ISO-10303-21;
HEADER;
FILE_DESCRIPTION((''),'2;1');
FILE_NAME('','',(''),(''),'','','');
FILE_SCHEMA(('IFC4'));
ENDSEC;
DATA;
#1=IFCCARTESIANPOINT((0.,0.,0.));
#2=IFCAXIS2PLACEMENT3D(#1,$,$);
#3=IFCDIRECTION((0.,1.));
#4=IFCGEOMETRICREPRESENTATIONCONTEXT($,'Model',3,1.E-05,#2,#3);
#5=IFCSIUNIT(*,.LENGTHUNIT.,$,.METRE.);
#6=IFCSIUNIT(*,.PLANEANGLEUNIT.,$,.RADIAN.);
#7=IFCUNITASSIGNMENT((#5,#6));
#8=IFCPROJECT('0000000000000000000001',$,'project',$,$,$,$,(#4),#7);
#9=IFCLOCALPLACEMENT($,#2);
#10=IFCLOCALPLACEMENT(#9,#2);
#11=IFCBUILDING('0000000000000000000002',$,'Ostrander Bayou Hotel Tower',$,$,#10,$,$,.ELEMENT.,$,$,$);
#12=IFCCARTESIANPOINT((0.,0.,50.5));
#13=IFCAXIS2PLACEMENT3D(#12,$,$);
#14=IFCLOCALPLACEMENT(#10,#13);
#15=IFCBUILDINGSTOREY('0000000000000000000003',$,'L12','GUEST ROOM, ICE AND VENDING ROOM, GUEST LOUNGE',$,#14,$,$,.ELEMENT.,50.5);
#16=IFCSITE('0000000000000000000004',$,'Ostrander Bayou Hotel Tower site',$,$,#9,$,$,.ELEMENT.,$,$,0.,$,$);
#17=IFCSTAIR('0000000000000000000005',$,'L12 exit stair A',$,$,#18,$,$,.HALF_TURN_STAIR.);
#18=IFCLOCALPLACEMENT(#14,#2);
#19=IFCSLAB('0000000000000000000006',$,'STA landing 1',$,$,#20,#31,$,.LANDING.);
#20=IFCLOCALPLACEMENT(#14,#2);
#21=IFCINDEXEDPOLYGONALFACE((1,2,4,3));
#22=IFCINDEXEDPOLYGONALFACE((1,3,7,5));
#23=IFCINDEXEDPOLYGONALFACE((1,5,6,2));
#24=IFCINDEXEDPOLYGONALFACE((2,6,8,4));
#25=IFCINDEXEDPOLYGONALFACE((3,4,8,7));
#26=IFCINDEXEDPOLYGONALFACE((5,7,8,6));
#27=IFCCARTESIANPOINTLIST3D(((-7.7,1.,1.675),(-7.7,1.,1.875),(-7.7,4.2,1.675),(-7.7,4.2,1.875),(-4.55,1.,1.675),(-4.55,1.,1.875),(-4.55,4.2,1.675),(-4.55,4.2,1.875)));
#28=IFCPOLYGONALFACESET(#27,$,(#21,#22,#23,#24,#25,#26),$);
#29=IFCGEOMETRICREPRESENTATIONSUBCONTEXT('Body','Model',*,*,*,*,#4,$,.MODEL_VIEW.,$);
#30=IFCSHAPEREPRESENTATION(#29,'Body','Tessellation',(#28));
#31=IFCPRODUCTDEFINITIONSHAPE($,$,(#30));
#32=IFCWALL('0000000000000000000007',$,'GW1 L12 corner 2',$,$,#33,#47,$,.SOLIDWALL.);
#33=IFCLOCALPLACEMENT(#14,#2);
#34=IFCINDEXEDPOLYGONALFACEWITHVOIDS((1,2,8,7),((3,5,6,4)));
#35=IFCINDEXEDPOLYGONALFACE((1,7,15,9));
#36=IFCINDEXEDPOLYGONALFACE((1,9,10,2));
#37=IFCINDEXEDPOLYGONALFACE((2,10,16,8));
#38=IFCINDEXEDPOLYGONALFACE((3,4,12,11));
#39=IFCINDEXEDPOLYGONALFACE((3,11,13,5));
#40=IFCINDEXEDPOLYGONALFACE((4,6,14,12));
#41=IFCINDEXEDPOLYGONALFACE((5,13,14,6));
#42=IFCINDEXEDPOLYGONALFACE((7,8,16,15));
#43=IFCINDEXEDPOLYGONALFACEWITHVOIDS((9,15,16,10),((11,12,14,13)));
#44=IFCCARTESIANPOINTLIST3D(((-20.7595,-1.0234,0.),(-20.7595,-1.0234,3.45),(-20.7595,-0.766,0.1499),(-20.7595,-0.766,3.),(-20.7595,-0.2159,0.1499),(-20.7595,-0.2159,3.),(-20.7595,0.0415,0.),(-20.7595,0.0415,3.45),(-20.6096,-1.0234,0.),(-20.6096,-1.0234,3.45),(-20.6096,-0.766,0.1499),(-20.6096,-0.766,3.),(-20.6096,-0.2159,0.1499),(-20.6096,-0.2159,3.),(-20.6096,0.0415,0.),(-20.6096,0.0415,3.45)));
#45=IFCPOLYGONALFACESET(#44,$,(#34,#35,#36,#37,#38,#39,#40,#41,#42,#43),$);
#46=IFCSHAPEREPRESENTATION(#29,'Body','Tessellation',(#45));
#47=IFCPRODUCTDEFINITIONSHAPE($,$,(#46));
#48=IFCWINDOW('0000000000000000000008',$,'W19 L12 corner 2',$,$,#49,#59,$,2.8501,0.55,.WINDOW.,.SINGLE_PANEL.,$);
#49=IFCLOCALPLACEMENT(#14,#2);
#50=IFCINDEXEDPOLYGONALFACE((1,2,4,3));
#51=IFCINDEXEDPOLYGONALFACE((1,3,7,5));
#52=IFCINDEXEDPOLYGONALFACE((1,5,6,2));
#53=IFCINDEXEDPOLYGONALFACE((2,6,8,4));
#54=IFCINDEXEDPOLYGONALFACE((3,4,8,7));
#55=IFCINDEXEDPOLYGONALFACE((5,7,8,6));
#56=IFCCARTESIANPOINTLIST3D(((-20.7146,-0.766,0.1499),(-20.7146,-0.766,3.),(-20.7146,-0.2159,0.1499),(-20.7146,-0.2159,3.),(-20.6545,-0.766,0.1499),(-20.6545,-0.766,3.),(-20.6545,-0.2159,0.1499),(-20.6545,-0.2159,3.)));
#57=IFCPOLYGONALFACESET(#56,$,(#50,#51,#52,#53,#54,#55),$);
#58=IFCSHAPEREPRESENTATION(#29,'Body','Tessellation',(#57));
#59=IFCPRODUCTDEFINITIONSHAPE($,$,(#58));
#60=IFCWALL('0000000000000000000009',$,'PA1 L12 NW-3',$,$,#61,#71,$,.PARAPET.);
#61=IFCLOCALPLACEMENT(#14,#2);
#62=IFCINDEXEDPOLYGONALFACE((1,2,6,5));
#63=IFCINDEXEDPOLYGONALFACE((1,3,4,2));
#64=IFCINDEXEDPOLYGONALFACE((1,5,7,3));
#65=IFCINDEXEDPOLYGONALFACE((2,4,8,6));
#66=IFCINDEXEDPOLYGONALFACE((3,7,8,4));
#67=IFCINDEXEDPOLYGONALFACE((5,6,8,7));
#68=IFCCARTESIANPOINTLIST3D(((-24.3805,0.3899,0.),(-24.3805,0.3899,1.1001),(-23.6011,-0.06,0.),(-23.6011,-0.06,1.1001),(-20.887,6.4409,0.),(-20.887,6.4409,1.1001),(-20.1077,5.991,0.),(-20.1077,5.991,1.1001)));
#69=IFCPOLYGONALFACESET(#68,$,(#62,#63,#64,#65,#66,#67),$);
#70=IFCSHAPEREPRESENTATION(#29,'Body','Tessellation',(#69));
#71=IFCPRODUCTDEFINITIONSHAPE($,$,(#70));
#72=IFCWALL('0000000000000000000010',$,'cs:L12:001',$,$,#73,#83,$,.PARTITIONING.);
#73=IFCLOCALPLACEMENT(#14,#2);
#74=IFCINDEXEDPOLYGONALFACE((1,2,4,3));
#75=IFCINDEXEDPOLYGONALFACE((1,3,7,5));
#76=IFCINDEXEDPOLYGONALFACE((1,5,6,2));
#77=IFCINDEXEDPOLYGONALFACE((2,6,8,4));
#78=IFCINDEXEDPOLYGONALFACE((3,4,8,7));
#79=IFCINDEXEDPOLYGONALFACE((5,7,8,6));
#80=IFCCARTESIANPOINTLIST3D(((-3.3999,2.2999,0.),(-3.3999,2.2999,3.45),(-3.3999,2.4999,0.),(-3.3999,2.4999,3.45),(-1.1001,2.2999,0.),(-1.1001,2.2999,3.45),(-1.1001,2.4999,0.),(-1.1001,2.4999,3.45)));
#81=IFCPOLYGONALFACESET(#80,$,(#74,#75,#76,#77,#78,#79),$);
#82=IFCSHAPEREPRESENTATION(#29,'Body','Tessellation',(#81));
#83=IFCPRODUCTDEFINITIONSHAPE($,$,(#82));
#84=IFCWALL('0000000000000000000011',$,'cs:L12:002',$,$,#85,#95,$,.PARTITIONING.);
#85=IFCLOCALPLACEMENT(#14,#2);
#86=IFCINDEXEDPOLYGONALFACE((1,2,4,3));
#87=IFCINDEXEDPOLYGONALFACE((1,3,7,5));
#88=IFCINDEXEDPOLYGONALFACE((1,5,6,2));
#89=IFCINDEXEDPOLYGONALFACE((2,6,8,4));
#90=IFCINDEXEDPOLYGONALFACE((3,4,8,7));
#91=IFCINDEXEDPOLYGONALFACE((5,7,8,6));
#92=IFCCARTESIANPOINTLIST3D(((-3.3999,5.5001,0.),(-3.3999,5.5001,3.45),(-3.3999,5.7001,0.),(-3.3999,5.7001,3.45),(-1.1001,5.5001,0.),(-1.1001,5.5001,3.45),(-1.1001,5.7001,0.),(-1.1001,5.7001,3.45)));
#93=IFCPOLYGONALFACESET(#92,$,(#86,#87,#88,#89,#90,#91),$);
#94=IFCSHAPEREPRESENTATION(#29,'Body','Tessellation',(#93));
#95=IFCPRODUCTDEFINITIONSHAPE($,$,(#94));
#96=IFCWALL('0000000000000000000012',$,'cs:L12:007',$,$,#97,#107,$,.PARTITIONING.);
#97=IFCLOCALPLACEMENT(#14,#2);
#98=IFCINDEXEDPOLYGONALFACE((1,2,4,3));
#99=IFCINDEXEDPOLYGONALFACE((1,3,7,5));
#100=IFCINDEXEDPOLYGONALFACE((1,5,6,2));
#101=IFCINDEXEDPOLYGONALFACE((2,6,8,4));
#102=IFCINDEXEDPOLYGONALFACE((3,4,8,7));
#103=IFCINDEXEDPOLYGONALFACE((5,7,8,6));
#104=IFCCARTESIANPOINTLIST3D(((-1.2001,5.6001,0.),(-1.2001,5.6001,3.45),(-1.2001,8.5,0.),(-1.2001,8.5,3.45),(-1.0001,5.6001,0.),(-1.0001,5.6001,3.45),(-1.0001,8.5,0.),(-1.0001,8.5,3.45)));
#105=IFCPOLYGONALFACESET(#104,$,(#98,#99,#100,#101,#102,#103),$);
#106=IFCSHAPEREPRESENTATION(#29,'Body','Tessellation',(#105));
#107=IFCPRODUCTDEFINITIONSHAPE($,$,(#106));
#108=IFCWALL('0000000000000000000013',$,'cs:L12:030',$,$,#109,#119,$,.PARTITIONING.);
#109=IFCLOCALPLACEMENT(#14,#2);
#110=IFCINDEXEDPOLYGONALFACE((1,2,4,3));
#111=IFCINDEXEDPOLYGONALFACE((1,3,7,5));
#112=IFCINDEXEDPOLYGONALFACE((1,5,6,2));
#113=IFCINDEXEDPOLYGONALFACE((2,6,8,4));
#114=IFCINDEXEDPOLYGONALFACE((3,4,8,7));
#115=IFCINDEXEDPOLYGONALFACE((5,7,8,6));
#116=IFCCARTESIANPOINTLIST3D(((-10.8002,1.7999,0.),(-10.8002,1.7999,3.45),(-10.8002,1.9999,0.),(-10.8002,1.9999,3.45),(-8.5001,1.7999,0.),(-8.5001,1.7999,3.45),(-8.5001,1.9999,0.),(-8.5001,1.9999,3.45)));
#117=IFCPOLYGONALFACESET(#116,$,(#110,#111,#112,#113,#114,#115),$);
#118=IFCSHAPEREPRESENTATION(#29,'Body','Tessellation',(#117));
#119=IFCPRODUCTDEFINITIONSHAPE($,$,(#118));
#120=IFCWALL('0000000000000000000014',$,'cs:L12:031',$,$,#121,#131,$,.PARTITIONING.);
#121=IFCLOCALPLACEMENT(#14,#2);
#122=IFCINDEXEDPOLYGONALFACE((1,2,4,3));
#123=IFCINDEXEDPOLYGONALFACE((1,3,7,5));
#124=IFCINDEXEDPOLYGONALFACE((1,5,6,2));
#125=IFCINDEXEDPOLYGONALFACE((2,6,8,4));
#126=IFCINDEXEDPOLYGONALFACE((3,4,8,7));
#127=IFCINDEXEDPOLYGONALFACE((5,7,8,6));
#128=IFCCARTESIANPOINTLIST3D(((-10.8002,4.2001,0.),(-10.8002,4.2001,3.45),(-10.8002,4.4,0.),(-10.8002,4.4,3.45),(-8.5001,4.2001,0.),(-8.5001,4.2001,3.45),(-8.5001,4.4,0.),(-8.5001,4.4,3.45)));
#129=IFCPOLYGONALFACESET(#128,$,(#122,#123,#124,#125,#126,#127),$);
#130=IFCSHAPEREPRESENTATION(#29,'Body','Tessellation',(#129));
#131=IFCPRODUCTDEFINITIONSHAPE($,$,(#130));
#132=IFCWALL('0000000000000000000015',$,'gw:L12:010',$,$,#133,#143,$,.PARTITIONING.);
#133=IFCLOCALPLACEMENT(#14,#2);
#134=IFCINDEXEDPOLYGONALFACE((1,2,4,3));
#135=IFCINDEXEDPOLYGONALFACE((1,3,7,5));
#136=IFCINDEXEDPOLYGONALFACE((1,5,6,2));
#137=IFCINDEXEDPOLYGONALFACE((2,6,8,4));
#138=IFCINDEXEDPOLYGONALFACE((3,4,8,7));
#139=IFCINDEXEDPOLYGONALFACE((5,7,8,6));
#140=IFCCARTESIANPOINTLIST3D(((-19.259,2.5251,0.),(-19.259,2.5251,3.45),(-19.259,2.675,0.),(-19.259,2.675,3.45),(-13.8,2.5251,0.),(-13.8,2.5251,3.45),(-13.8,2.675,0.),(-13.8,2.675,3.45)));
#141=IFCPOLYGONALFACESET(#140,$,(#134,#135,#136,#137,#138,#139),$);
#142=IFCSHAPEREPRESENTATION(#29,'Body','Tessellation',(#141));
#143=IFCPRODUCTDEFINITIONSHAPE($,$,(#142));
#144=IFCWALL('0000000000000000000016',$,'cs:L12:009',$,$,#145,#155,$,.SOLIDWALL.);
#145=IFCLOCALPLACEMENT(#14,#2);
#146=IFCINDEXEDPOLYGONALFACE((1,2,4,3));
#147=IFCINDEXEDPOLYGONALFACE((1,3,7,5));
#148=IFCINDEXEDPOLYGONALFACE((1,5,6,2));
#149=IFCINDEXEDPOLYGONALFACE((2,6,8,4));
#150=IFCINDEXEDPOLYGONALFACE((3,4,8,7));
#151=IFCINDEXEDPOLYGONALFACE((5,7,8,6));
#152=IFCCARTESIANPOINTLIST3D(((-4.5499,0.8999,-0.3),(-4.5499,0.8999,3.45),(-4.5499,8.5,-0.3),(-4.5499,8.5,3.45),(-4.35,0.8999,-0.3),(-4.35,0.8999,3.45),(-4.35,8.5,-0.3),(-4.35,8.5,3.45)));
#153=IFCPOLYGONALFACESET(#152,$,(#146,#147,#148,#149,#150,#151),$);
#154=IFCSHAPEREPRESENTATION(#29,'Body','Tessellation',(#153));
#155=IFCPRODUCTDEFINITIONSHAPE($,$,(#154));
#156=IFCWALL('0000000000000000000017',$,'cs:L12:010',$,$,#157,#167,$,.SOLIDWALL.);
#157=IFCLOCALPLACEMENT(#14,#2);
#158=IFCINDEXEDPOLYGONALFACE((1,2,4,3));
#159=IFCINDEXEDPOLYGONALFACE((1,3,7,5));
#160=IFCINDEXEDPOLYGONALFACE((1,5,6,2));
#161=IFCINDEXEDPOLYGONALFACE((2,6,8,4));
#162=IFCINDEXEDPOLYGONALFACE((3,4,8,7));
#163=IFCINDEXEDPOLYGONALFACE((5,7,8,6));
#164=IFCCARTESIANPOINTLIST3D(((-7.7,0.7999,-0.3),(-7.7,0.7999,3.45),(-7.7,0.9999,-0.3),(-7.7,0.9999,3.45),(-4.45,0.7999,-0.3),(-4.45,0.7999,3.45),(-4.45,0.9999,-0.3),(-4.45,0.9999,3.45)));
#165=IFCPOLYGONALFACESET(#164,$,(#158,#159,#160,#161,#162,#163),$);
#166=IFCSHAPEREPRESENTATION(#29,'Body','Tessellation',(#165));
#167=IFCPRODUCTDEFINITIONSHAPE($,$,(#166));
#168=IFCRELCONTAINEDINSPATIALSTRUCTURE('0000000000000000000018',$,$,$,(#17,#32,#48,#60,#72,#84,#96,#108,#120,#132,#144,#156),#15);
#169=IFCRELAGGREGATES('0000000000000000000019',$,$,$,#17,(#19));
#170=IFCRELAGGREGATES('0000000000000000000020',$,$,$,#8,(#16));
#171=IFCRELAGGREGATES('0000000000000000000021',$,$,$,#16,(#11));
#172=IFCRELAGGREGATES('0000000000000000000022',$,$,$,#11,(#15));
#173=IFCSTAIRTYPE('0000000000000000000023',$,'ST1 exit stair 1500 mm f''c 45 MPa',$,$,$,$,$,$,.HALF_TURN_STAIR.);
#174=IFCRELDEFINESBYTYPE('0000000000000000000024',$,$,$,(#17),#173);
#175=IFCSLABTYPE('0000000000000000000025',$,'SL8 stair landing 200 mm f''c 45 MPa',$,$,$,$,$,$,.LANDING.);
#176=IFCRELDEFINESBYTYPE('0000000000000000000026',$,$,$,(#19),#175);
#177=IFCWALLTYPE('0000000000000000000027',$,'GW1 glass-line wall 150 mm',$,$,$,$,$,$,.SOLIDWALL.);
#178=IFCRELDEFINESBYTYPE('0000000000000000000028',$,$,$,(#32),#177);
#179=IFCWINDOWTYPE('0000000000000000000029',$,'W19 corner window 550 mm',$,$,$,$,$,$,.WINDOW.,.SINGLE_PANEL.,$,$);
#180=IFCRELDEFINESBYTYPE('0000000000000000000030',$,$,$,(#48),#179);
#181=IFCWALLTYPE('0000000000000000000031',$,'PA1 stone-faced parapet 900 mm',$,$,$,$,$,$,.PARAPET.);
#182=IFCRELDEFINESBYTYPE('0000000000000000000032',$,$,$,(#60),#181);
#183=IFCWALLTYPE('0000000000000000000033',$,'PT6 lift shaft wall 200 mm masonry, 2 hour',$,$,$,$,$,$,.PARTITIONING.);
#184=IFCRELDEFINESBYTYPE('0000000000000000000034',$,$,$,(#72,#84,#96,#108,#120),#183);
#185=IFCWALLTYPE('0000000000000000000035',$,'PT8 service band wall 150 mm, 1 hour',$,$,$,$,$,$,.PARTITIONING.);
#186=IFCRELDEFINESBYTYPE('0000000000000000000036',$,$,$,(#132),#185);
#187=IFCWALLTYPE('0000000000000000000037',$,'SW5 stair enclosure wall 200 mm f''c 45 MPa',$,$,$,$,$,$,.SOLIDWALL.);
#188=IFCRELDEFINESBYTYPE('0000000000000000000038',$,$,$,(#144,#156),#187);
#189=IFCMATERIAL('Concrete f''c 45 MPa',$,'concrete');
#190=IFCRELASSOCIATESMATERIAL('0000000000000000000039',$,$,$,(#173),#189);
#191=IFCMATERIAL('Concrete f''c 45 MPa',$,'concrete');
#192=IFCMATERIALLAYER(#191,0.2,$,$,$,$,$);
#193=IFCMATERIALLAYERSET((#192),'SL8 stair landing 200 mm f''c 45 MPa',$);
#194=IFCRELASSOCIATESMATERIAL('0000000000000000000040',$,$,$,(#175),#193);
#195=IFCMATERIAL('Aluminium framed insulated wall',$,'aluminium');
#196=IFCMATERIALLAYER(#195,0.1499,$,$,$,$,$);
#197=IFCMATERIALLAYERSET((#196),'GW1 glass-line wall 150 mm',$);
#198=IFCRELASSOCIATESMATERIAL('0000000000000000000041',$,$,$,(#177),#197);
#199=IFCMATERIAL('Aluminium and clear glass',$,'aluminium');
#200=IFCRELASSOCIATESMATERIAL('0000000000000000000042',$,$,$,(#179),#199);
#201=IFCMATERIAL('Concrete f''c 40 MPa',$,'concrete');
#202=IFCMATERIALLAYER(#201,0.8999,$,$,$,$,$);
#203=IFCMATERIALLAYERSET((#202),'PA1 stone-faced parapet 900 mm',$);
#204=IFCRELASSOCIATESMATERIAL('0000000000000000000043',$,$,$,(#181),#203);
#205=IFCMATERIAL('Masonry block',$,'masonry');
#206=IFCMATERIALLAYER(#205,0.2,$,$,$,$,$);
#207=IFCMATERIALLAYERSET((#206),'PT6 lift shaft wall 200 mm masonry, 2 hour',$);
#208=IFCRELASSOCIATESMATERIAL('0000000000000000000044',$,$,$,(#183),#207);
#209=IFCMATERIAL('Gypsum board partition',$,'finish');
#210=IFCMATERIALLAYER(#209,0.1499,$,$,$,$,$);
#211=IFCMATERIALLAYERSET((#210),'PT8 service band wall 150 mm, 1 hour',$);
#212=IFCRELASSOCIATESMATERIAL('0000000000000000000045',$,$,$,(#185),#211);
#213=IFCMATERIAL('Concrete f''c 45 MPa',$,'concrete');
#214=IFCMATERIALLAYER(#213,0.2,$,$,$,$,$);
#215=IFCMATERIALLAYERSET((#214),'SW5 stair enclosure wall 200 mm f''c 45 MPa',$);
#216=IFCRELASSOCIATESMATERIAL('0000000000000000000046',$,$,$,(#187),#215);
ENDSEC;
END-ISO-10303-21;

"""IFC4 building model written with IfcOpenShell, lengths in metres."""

from ifc_helpers import new_model, si_unit, direction, frame, frame_2d, origin, place, context, subcontext, project, spatial, polyline, rectangle, outline, extrude, material, layer, layer_set, type_object, element, fill, aggregate, save


model = new_model("IFC4")

# Units and contexts
model_context = context("Model", 3, precision=1e-05, world=origin(), true_north=direction((0.0, 1.0)))
body_context = subcontext(model_context, "Body", "Model", "MODEL_VIEW")
ifc_project = project(units=[si_unit("LENGTHUNIT", "METRE"), si_unit("PLANEANGLEUNIT", "RADIAN")], contexts=[model_context])

# Site, building, storey
site_placement = place(None, origin())
site = spatial("IfcSite", under=ifc_project, at=site_placement, Name="Ostrander Bayou Hotel Tower site", CompositionType="ELEMENT", RefElevation=0.0)
building_placement = place(site_placement, origin())
building = spatial("IfcBuilding", under=site, at=building_placement, Name="Ostrander Bayou Hotel Tower", CompositionType="ELEMENT")
storey_placement = place(building_placement, frame((0.0, 0.0, 50.5)))
storey = spatial("IfcBuildingStorey", under=building, at=storey_placement, Name="L12", Description="GUEST ROOM, ICE AND VENDING ROOM, GUEST LOUNGE", CompositionType="ELEMENT", Elevation=50.5)

# Stair, slab
ifc_material_1 = material(Name="Concrete f'c 45 MPa", Category="concrete")
stair_type = type_object("IfcStairType", Name="ST1 exit stair 1500 mm f'c 45 MPa", PredefinedType="HALF_TURN_STAIR", material=ifc_material_1)
stair_placement = place(storey_placement, origin())
stair = element("IfcStair", 1, at=stair_placement, inside=storey, type_object=stair_type, Name="L12 exit stair A", PredefinedType="HALF_TURN_STAIR")
ifc_material_2 = material(Name="Concrete f'c 45 MPa", Category="concrete")
ifc_layer_1 = layer(ifc_material_2, 0.2)
ifc_layer_set_1 = layer_set([ifc_layer_1], Name="SL8 stair landing 200 mm f'c 45 MPa")
slab_type_1 = type_object("IfcSlabType", Name="SL8 stair landing 200 mm f'c 45 MPa", PredefinedType="LANDING", material=ifc_layer_set_1)
slab_1_placement = place(storey_placement, frame((0.0, 0.0, 1.675)))
slab_1 = element("IfcSlab", 2, at=slab_1_placement, type_object=slab_type_1, Name="STA landing 1", PredefinedType="LANDING", context=body_context, shape_type="SweptSolid", body=[
    extrude(outline(polyline([(-7.7, 4.2), (-7.7, 1.0), (-4.55, 1.0), (-4.55, 4.2), (-7.7, 4.2)])), origin(), (0.0, 0.0, 1.0), 0.2),
])

# Wall, opening, window
ifc_material_3 = material(Name="Aluminium framed insulated wall", Category="aluminium")
ifc_layer_2 = layer(ifc_material_3, 0.1499)
ifc_layer_set_2 = layer_set([ifc_layer_2], Name="GW1 glass-line wall 150 mm")
wall_type_1 = type_object("IfcWallType", Name="GW1 glass-line wall 150 mm", PredefinedType="SOLIDWALL", material=ifc_layer_set_2)
wall_1_placement = place(storey_placement, frame((-20.6846, 0.0415, 0.0), z_axis=(0.0, 0.0, 1.0), x_axis=(0.0, -1.0, 0.0)))
wall_1 = element("IfcWall", 3, at=wall_1_placement, inside=storey, type_object=wall_type_1, Name="GW1 L12 corner 2", PredefinedType="SOLIDWALL", context=body_context, shape_type="SweptSolid", body=[
    extrude(rectangle(XDim=1.0649, YDim=0.1499, at=frame_2d((0.5325, 0.0))), origin(), (0.0, 0.0, 1.0), 3.45),
])
opening_placement = place(wall_1_placement, frame((0.2576, 0.0, 0.1499)))
opening = element("IfcOpeningElement", 4, at=opening_placement, cuts=wall_1, PredefinedType="OPENING", context=body_context, shape_type="SweptSolid", body=[
    extrude(rectangle(XDim=0.55, YDim=2.8501, at=frame_2d((0.2749, 1.425))), frame((0.0, 0.075, 0.0), z_axis=(0.0, -1.0, 0.0), x_axis=(1.0, 0.0, 0.0)), (0.0, 0.0, 1.0), 0.1499),
])
ifc_material_4 = material(Name="Aluminium and clear glass", Category="aluminium")
window_type = type_object("IfcWindowType", Name="W19 corner window 550 mm", PartitioningType="SINGLE_PANEL", PredefinedType="WINDOW", material=ifc_material_4)
window_placement = place(opening_placement, origin())
window = element("IfcWindow", 5, at=window_placement, inside=storey, type_object=window_type, Name="W19 L12 corner 2", OverallHeight=2.8501, OverallWidth=0.55, PartitioningType="SINGLE_PANEL", PredefinedType="WINDOW", context=body_context, shape_type="SweptSolid", body=[
    extrude(rectangle(XDim=0.55, YDim=2.8501, at=frame_2d((0.2749, 1.425))), frame((0.0, 0.03, 0.0), z_axis=(0.0, -1.0, 0.0), x_axis=(1.0, 0.0, 0.0)), (0.0, 0.0, 1.0), 0.0601),
])
fill(opening, window)

# Walls
ifc_material_5 = material(Name="Concrete f'c 40 MPa", Category="concrete")
ifc_layer_3 = layer(ifc_material_5, 0.8999)
ifc_layer_set_3 = layer_set([ifc_layer_3], Name="PA1 stone-faced parapet 900 mm")
wall_type_2 = type_object("IfcWallType", Name="PA1 stone-faced parapet 900 mm", PredefinedType="PARAPET", material=ifc_layer_set_3)
wall_2_placement = place(storey_placement, frame((-20.4973, 6.2161, 0.0), z_axis=(0.0, 0.0, 1.0), x_axis=(-0.499984, -0.866035, 0.0)))
element("IfcWall", 6, at=wall_2_placement, inside=storey, type_object=wall_type_2, Name="PA1 L12 NW-3", PredefinedType="PARAPET", context=body_context, shape_type="SweptSolid", body=[
    extrude(rectangle(XDim=6.9871, YDim=0.8999, at=frame_2d((3.4937, 0.0))), origin(), (0.0, 0.0, 1.0), 1.1001),
])
ifc_material_6 = material(Name="Masonry block", Category="masonry")
ifc_layer_4 = layer(ifc_material_6, 0.2)
ifc_layer_set_4 = layer_set([ifc_layer_4], Name="PT6 lift shaft wall 200 mm masonry, 2 hour")
wall_type_3 = type_object("IfcWallType", Name="PT6 lift shaft wall 200 mm masonry, 2 hour", PredefinedType="PARTITIONING", material=ifc_layer_set_4)
for number, where, z_axis, x_axis, name in (
    (7, (-3.3999, 2.3999, 0.0), (0.0, 0.0, 1.0), (1.0, 0.0, 0.0), "cs:L12:001"),
    (8, (-3.3999, 5.6001, 0.0), (0.0, 0.0, 1.0), (1.0, 0.0, 0.0), "cs:L12:002"),
):
    element("IfcWall", number, at=place(storey_placement, frame(where, z_axis=z_axis, x_axis=x_axis)), inside=storey, type_object=wall_type_3, Name=name, PredefinedType="PARTITIONING", context=body_context, shape_type="SweptSolid", body=[
        extrude(rectangle(XDim=2.2998, YDim=0.2, at=frame_2d((1.1499, 0.0))), origin(), (0.0, 0.0, 1.0), 3.45),
    ])
wall_3_placement = place(storey_placement, frame((-1.1001, 5.6001, 0.0), z_axis=(0.0, 0.0, 1.0), x_axis=(0.0, 1.0, 0.0)))
element("IfcWall", 9, at=wall_3_placement, inside=storey, type_object=wall_type_3, Name="cs:L12:007", PredefinedType="PARTITIONING", context=body_context, shape_type="SweptSolid", body=[
    extrude(rectangle(XDim=2.8999, YDim=0.2, at=frame_2d((1.45, 0.0))), origin(), (0.0, 0.0, 1.0), 3.45),
])
for number, where, z_axis, x_axis, name in (
    (10, (-10.8, 1.8999, 0.0), (0.0, 0.0, 1.0), (1.0, 0.0, 0.0), "cs:L12:030"),
    (11, (-10.8, 4.3, 0.0), (0.0, 0.0, 1.0), (1.0, 0.0, 0.0), "cs:L12:031"),
):
    element("IfcWall", number, at=place(storey_placement, frame(where, z_axis=z_axis, x_axis=x_axis)), inside=storey, type_object=wall_type_3, Name=name, PredefinedType="PARTITIONING", context=body_context, shape_type="SweptSolid", body=[
        extrude(rectangle(XDim=2.3, YDim=0.2, at=frame_2d((1.1499, 0.0))), origin(), (0.0, 0.0, 1.0), 3.45),
    ])
ifc_material_7 = material(Name="Gypsum board partition", Category="finish")
ifc_layer_5 = layer(ifc_material_7, 0.1499)
ifc_layer_set_5 = layer_set([ifc_layer_5], Name="PT8 service band wall 150 mm, 1 hour")
wall_type_4 = type_object("IfcWallType", Name="PT8 service band wall 150 mm, 1 hour", PredefinedType="PARTITIONING", material=ifc_layer_set_5)
wall_4_placement = place(storey_placement, frame((-19.259, 2.6001, 0.0), z_axis=(0.0, 0.0, 1.0), x_axis=(1.0, 0.0, 0.0)))
element("IfcWall", 12, at=wall_4_placement, inside=storey, type_object=wall_type_4, Name="gw:L12:010", PredefinedType="PARTITIONING", context=body_context, shape_type="SweptSolid", body=[
    extrude(rectangle(XDim=5.459, YDim=0.1499, at=frame_2d((2.7295, 0.0))), origin(), (0.0, 0.0, 1.0), 3.45),
])
ifc_material_8 = material(Name="Concrete f'c 45 MPa", Category="concrete")
ifc_layer_6 = layer(ifc_material_8, 0.2)
ifc_layer_set_6 = layer_set([ifc_layer_6], Name="SW5 stair enclosure wall 200 mm f'c 45 MPa")
wall_type_5 = type_object("IfcWallType", Name="SW5 stair enclosure wall 200 mm f'c 45 MPa", PredefinedType="SOLIDWALL", material=ifc_layer_set_6)
wall_5_placement = place(storey_placement, frame((-4.45, 0.8999, -0.3), z_axis=(0.0, 0.0, 1.0), x_axis=(0.0, 1.0, 0.0)))
element("IfcWall", 13, at=wall_5_placement, inside=storey, type_object=wall_type_5, Name="cs:L12:009", PredefinedType="SOLIDWALL", context=body_context, shape_type="SweptSolid", body=[
    extrude(rectangle(XDim=7.6001, YDim=0.2, at=frame_2d((3.8, 0.0))), origin(), (0.0, 0.0, 1.0), 3.75),
])
wall_6_placement = place(storey_placement, frame((-7.7, 0.8999, -0.3), z_axis=(0.0, 0.0, 1.0), x_axis=(1.0, 0.0, 0.0)))
element("IfcWall", 14, at=wall_6_placement, inside=storey, type_object=wall_type_5, Name="cs:L12:010", PredefinedType="SOLIDWALL", context=body_context, shape_type="SweptSolid", body=[
    extrude(rectangle(XDim=3.25, YDim=0.2, at=frame_2d((1.625, 0.0))), origin(), (0.0, 0.0, 1.0), 3.75),
])

aggregate(stair, [slab_1])

save(model, "model.ifc")
